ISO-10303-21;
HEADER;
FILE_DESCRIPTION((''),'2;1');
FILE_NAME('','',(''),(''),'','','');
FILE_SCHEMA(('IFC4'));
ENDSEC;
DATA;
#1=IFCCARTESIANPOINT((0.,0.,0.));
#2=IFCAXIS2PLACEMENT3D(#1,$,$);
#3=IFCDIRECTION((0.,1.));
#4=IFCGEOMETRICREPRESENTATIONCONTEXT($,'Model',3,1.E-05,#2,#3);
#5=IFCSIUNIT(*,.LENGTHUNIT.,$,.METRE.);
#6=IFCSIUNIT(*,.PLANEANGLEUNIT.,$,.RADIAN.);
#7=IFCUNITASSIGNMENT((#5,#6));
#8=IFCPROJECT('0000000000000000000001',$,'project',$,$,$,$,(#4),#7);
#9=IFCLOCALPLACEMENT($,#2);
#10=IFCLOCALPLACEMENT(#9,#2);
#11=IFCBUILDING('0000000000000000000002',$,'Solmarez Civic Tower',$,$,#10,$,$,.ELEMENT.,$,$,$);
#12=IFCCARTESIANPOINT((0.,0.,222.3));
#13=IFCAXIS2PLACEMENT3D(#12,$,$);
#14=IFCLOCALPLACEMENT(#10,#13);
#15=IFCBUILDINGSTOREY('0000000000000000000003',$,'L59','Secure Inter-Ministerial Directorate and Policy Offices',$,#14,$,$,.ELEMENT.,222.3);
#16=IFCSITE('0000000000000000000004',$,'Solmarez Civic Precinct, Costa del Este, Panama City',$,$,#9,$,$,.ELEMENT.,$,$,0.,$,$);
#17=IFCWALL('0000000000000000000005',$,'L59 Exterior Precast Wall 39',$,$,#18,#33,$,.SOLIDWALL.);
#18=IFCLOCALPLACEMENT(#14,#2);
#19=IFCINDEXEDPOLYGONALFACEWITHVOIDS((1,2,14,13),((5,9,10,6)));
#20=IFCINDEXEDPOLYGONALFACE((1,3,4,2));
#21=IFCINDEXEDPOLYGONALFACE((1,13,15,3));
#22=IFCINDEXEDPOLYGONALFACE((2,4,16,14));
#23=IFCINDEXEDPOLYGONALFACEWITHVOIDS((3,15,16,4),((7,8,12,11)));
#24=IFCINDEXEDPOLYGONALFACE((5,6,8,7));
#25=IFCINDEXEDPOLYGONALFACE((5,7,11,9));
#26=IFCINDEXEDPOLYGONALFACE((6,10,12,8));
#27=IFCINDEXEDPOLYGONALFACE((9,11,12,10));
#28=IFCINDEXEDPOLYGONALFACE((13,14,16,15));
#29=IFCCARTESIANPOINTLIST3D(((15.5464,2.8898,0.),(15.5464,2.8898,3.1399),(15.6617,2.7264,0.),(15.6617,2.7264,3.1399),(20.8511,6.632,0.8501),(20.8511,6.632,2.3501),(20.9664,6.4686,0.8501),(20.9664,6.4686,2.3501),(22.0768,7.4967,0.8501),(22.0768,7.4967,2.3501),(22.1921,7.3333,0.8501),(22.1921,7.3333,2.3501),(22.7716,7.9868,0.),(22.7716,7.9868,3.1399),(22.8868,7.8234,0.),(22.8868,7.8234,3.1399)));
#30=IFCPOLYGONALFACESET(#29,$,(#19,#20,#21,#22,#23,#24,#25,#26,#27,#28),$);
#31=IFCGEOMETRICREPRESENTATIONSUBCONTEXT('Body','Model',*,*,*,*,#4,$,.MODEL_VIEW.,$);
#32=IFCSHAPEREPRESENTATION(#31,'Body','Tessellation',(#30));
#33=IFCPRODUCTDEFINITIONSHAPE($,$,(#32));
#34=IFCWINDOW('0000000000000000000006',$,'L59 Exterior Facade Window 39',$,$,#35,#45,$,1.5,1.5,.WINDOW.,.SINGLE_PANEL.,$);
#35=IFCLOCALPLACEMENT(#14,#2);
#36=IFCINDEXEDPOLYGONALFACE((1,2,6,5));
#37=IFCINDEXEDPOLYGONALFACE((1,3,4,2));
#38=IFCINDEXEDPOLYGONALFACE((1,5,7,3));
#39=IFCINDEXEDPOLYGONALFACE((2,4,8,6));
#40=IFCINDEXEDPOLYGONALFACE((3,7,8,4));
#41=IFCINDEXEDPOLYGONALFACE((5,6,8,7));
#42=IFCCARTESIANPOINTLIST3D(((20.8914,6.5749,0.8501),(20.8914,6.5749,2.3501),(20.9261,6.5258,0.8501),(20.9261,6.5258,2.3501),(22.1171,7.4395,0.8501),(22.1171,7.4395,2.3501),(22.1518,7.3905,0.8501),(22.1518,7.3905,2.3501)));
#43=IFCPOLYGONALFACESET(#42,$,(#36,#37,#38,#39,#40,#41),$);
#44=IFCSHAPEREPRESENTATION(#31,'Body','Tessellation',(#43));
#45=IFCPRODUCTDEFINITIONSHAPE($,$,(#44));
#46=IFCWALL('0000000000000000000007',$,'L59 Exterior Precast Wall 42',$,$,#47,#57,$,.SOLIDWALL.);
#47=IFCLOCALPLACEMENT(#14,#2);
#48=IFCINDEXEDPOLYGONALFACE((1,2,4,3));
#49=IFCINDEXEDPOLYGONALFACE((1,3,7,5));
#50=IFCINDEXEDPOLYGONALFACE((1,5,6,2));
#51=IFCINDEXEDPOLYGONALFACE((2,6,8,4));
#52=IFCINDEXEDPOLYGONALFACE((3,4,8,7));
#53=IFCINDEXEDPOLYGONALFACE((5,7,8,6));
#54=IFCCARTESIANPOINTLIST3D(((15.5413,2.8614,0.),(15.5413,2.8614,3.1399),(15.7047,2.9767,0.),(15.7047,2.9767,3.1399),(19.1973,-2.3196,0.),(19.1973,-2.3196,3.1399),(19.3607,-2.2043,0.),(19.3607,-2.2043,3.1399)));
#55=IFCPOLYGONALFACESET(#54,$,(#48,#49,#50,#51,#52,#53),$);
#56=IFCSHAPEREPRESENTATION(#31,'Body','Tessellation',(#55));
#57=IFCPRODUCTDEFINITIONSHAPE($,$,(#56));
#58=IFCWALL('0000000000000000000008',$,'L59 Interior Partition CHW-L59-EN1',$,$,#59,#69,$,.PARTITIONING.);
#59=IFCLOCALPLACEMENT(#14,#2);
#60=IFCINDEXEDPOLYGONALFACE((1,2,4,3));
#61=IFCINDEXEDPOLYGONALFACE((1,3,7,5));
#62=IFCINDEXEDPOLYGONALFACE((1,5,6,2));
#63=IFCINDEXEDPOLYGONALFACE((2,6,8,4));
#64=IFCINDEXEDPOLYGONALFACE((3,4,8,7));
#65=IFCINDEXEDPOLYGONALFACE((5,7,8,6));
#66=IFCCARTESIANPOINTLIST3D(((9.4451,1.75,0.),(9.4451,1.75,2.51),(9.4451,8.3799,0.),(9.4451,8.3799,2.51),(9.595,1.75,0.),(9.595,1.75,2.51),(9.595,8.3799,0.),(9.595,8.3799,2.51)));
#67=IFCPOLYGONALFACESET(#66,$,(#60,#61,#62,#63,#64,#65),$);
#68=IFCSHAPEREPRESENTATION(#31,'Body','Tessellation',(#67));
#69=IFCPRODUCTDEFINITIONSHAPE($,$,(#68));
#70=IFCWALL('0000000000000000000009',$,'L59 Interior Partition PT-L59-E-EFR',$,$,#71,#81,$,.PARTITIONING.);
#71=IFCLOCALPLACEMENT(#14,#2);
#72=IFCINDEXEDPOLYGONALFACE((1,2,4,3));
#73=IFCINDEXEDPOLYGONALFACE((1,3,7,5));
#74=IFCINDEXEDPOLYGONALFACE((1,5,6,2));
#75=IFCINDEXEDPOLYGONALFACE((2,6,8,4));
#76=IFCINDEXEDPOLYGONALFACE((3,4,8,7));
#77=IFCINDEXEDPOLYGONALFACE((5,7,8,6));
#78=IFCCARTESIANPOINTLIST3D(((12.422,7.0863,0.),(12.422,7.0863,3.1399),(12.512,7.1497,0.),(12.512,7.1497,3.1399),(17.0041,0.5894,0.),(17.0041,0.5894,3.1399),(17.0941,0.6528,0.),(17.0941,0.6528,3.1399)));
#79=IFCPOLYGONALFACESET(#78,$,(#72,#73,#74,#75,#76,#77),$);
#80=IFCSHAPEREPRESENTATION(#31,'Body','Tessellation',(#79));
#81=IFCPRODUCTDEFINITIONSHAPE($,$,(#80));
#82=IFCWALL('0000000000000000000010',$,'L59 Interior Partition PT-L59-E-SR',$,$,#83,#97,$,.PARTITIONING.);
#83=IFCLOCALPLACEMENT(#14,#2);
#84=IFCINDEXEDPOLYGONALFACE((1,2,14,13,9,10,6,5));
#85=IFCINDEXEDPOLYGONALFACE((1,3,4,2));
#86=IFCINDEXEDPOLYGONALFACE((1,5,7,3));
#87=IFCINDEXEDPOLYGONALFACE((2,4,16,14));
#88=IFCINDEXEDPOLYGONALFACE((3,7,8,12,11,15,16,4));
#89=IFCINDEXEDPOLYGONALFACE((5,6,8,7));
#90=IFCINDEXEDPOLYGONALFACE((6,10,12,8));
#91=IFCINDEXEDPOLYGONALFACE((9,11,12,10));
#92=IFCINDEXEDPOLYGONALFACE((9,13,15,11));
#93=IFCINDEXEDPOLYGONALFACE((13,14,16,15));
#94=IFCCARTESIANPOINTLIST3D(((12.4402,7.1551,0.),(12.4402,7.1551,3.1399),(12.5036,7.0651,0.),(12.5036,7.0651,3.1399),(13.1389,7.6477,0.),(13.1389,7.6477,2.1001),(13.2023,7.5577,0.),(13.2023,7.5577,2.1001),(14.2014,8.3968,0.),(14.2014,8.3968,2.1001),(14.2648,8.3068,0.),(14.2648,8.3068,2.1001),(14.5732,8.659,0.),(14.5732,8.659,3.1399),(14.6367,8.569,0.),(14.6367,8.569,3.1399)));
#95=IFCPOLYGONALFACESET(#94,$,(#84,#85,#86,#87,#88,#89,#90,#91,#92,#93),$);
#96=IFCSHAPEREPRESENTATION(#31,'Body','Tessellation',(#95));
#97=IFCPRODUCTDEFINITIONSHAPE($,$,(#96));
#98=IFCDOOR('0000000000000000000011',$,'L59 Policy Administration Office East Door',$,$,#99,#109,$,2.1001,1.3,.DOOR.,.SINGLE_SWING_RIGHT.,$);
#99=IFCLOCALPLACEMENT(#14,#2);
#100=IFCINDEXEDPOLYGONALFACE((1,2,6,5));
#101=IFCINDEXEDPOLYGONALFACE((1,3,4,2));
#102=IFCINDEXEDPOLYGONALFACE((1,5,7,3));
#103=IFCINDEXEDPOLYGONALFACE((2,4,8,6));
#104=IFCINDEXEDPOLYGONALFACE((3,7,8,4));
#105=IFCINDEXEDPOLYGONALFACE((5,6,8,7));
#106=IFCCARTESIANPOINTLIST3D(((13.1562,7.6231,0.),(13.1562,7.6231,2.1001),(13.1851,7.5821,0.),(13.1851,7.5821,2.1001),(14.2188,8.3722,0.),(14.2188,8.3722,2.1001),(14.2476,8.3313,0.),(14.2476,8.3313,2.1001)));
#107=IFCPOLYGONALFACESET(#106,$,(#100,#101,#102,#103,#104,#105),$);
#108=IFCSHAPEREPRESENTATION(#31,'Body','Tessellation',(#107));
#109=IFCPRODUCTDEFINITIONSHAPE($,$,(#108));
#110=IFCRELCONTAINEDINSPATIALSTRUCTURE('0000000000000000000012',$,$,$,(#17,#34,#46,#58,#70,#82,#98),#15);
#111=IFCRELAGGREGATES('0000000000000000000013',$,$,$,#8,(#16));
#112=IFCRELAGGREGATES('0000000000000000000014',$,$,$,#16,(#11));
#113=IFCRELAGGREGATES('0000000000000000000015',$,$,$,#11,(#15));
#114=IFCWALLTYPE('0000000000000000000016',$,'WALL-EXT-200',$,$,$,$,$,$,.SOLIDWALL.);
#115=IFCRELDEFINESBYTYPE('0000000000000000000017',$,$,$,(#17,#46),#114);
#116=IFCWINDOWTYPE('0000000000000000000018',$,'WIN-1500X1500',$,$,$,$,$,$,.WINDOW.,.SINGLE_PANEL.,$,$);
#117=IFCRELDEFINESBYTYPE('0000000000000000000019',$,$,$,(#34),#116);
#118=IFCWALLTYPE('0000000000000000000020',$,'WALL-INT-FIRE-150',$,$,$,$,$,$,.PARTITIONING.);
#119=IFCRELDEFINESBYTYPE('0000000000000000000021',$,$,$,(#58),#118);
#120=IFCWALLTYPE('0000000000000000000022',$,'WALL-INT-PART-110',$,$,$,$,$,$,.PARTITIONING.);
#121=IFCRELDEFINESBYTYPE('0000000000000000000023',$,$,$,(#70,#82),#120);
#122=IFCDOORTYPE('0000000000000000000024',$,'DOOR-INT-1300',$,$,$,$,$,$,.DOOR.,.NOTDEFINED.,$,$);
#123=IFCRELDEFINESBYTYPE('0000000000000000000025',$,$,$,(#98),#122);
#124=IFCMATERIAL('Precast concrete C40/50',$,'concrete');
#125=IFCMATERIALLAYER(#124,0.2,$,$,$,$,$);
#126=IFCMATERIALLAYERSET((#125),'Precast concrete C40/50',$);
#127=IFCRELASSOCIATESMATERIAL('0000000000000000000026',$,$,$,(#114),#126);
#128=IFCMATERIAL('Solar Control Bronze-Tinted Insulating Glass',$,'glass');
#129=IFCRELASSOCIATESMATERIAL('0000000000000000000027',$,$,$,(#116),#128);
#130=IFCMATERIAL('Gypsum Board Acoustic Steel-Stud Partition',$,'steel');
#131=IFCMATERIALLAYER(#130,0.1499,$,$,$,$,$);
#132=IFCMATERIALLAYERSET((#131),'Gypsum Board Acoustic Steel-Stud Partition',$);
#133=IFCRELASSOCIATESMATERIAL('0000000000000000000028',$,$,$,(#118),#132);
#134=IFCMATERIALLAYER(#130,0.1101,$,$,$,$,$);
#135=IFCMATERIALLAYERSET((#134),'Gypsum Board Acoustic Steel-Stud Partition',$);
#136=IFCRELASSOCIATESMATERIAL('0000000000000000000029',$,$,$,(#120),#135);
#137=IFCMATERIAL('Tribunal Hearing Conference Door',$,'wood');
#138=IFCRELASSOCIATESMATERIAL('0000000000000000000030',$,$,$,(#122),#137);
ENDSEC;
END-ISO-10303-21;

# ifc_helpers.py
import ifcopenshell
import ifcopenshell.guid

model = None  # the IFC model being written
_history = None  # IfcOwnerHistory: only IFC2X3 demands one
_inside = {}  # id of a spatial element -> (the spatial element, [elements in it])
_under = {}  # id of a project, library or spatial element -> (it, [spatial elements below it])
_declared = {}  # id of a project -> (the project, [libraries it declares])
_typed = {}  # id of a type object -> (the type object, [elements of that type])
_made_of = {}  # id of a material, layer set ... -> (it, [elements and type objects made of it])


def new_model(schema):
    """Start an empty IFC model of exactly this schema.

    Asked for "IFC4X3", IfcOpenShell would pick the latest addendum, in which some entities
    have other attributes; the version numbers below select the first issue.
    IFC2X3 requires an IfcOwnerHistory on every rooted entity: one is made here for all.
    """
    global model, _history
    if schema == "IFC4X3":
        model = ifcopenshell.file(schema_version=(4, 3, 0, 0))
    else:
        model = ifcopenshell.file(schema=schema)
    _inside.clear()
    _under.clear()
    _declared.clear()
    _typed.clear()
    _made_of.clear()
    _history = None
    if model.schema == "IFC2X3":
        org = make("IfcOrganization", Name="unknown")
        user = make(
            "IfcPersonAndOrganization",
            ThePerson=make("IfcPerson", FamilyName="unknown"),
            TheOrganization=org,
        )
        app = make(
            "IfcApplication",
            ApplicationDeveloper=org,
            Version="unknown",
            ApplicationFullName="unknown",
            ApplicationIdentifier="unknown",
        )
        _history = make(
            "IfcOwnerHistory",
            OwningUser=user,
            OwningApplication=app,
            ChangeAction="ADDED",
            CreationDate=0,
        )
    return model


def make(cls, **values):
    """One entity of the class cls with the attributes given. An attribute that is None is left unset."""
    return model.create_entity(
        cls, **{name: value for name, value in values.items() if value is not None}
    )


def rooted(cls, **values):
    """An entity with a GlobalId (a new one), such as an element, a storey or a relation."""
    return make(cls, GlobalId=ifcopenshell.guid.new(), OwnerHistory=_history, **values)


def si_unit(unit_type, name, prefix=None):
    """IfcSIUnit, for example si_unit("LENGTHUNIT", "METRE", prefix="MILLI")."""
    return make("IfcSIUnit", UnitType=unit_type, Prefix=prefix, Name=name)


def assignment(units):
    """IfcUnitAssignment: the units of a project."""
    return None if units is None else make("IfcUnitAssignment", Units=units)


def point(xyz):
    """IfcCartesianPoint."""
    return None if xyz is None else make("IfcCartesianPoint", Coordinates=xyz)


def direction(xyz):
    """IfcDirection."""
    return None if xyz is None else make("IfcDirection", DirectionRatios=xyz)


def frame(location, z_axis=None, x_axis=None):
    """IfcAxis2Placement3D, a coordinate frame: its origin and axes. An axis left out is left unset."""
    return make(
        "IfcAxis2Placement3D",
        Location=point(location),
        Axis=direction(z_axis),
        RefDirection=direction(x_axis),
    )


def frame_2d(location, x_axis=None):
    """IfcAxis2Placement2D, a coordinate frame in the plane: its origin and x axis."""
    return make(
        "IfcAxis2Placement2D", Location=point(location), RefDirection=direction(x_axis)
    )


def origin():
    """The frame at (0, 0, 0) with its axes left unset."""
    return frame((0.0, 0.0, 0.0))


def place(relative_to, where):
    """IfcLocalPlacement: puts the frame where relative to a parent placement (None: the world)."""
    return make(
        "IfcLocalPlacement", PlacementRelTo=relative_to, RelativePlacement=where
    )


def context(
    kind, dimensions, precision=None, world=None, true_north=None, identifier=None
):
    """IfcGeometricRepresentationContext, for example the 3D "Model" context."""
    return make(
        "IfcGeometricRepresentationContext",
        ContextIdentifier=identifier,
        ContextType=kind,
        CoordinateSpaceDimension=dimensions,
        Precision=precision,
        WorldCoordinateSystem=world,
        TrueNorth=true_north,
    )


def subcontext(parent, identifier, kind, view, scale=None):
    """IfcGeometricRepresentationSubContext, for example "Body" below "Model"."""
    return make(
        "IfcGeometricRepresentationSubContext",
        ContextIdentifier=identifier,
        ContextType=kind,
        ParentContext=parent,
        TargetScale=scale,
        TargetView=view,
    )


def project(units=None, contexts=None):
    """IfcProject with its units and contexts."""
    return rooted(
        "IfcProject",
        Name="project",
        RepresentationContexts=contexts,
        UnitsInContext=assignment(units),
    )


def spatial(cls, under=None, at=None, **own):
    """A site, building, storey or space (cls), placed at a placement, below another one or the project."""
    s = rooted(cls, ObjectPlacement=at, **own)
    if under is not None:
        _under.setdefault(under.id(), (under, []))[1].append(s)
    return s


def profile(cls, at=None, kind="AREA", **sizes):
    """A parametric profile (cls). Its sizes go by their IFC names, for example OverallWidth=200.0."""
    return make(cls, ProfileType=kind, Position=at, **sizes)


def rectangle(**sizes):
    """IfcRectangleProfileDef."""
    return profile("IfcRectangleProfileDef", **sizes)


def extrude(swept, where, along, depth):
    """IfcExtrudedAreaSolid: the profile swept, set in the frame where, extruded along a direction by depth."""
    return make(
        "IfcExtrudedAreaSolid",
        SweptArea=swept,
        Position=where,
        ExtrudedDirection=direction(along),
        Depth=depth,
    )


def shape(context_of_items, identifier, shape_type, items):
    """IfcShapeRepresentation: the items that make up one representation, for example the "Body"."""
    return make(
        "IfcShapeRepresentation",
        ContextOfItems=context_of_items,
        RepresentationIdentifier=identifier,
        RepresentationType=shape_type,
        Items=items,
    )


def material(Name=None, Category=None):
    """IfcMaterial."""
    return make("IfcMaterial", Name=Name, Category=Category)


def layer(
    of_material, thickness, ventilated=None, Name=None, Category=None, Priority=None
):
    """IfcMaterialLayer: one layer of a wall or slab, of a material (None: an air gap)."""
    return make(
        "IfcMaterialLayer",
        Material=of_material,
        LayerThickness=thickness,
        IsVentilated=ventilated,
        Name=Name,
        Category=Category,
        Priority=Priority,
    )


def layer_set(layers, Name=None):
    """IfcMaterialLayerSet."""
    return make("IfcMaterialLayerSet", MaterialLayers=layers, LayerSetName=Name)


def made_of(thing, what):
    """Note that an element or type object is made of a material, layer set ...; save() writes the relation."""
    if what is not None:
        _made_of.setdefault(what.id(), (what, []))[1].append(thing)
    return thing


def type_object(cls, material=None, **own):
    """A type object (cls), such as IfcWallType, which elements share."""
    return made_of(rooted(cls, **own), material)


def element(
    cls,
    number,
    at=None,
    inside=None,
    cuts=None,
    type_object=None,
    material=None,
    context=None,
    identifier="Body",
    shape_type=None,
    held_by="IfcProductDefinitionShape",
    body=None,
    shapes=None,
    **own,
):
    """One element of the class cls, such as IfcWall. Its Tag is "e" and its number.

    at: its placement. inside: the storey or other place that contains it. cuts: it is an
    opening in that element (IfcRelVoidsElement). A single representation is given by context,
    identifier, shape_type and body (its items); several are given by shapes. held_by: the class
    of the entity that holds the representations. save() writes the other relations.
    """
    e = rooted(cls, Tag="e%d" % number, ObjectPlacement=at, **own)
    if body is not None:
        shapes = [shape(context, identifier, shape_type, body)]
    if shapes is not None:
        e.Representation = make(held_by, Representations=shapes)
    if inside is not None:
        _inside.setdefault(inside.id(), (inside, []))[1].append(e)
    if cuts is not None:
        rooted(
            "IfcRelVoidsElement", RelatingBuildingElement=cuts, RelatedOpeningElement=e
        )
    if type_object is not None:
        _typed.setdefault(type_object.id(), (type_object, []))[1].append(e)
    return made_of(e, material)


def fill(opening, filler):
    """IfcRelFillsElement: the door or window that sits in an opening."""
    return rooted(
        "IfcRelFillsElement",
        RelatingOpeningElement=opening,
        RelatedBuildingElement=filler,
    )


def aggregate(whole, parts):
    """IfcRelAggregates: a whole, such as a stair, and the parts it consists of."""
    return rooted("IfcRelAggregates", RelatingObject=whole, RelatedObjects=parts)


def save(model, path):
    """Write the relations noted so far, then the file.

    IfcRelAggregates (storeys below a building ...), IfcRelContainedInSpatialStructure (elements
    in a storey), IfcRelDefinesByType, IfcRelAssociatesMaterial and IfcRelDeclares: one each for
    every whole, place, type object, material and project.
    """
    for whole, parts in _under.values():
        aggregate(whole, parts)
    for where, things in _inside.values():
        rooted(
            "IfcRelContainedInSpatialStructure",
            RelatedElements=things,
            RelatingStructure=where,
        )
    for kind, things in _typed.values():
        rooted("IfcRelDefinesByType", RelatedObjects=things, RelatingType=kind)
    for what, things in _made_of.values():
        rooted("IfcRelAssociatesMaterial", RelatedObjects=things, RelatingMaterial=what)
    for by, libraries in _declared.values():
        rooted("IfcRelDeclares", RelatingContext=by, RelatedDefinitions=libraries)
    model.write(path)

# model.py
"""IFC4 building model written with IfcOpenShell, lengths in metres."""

from ifc_helpers import new_model, si_unit, direction, frame, frame_2d, origin, place, context, subcontext, project, spatial, rectangle, extrude, material, layer, layer_set, type_object, element, fill, save


model = new_model("IFC4")

# Units and contexts
model_context = context("Model", 3, precision=1e-05, world=origin(), true_north=direction((0.0, 1.0)))
body_context = subcontext(model_context, "Body", "Model", "MODEL_VIEW")
ifc_project = project(units=[si_unit("LENGTHUNIT", "METRE"), si_unit("PLANEANGLEUNIT", "RADIAN")], contexts=[model_context])

# Site, building, storey
site_placement = place(None, origin())
site = spatial("IfcSite", under=ifc_project, at=site_placement, Name="Solmarez Civic Precinct, Costa del Este, Panama City", CompositionType="ELEMENT", RefElevation=0.0)
building_placement = place(site_placement, origin())
building = spatial("IfcBuilding", under=site, at=building_placement, Name="Solmarez Civic Tower", CompositionType="ELEMENT")
storey_placement = place(building_placement, frame((0.0, 0.0, 222.3)))
storey = spatial("IfcBuildingStorey", under=building, at=storey_placement, Name="L59", Description="Secure Inter-Ministerial Directorate and Policy Offices", CompositionType="ELEMENT", Elevation=222.3)

# Shared definitions
ifc_material_1 = material(Name="Precast concrete C40/50", Category="concrete")
ifc_layer_1 = layer(ifc_material_1, 0.2)
ifc_layer_set_1 = layer_set([ifc_layer_1], Name="Precast concrete C40/50")
wall_type_1 = type_object("IfcWallType", Name="WALL-EXT-200", PredefinedType="SOLIDWALL", material=ifc_layer_set_1)

# Wall, opening, window
wall_1_placement = place(storey_placement, frame((22.8291, 7.905, 0.0), z_axis=(0.0, 0.0, 1.0), x_axis=(-0.817135, -0.576446, 0.0)))
wall_1 = element("IfcWall", 1, at=wall_1_placement, inside=storey, type_object=wall_type_1, Name="L59 Exterior Precast Wall 39", PredefinedType="SOLIDWALL", context=body_context, shape_type="SweptSolid", body=[
    extrude(rectangle(XDim=8.842, YDim=0.2, at=frame_2d((4.4209, 0.0))), origin(), (0.0, 0.0, 1.0), 3.1399),
])
opening_1_placement = place(wall_1_placement, frame((0.8501, 0.0, 0.8501)))
opening_1 = element("IfcOpeningElement", 2, at=opening_1_placement, cuts=wall_1, PredefinedType="OPENING", context=body_context, shape_type="SweptSolid", body=[
    extrude(rectangle(XDim=1.5, YDim=1.5, at=frame_2d((0.75, 0.75))), frame((0.0, 0.1099, 0.0), z_axis=(0.0, -1.0, 0.0), x_axis=(1.0, 0.0, 0.0)), (0.0, 0.0, 1.0), 0.22),
])
ifc_material_2 = material(Name="Solar Control Bronze-Tinted Insulating Glass", Category="glass")
window_type = type_object("IfcWindowType", Name="WIN-1500X1500", PartitioningType="SINGLE_PANEL", PredefinedType="WINDOW", material=ifc_material_2)
window_placement = place(opening_1_placement, origin())
window = element("IfcWindow", 3, at=window_placement, inside=storey, type_object=window_type, Name="L59 Exterior Facade Window 39", OverallHeight=1.5, OverallWidth=1.5, PartitioningType="SINGLE_PANEL", PredefinedType="WINDOW", context=body_context, shape_type="SweptSolid", body=[
    extrude(rectangle(XDim=1.5, YDim=1.5, at=frame_2d((0.75, 0.75))), frame((0.0, 0.03, 0.0), z_axis=(0.0, -1.0, 0.0), x_axis=(1.0, 0.0, 0.0)), (0.0, 0.0, 1.0), 0.0601),
])
fill(opening_1, window)

# Walls
wall_2_placement = place(storey_placement, frame((15.623, 2.9189, 0.0), z_axis=(0.0, 0.0, 1.0), x_axis=(0.576567, -0.81705, 0.0)))
element("IfcWall", 4, at=wall_2_placement, inside=storey, type_object=wall_type_1, Name="L59 Exterior Precast Wall 42", PredefinedType="SOLIDWALL", context=body_context, shape_type="SweptSolid", body=[
    extrude(rectangle(XDim=6.3411, YDim=0.2, at=frame_2d((3.1704, 0.0))), origin(), (0.0, 0.0, 1.0), 3.1399),
])
ifc_material_3 = material(Name="Gypsum Board Acoustic Steel-Stud Partition", Category="steel")
ifc_layer_2 = layer(ifc_material_3, 0.1499)
ifc_layer_set_2 = layer_set([ifc_layer_2], Name="Gypsum Board Acoustic Steel-Stud Partition")
wall_type_2 = type_object("IfcWallType", Name="WALL-INT-FIRE-150", PredefinedType="PARTITIONING", material=ifc_layer_set_2)
wall_3_placement = place(storey_placement, frame((9.52, 1.75, 0.0), z_axis=(0.0, 0.0, 1.0), x_axis=(0.0, 1.0, 0.0)))
element("IfcWall", 5, at=wall_3_placement, inside=storey, type_object=wall_type_2, Name="L59 Interior Partition CHW-L59-EN1", PredefinedType="PARTITIONING", context=body_context, shape_type="SweptSolid", body=[
    extrude(rectangle(XDim=6.6299, YDim=0.1499, at=frame_2d((3.3149, 0.0))), origin(), (0.0, 0.0, 1.0), 2.51),
])
ifc_layer_3 = layer(ifc_material_3, 0.1101)
ifc_layer_set_3 = layer_set([ifc_layer_3], Name="Gypsum Board Acoustic Steel-Stud Partition")
wall_type_3 = type_object("IfcWallType", Name="WALL-INT-PART-110", PredefinedType="PARTITIONING", material=ifc_layer_set_3)
wall_4_placement = place(storey_placement, frame((17.0491, 0.6211, 0.0), z_axis=(0.0, 0.0, 1.0), x_axis=(-0.57635, 0.817203, 0.0)))
element("IfcWall", 6, at=wall_4_placement, inside=storey, type_object=wall_type_3, Name="L59 Interior Partition PT-L59-E-EFR", PredefinedType="PARTITIONING", context=body_context, shape_type="SweptSolid", body=[
    extrude(rectangle(XDim=7.9502, YDim=0.1101, at=frame_2d((3.9751, 0.0))), origin(), (0.0, 0.0, 1.0), 3.1399),
])

# Wall, opening, door
wall_5_placement = place(storey_placement, frame((12.4719, 7.1101, 0.0), z_axis=(0.0, 0.0, 1.0), x_axis=(0.817289, 0.576228, 0.0)))
wall_5 = element("IfcWall", 7, at=wall_5_placement, inside=storey, type_object=wall_type_3, Name="L59 Interior Partition PT-L59-E-SR", PredefinedType="PARTITIONING", context=body_context, shape_type="SweptSolid", body=[
    extrude(rectangle(XDim=2.6099, YDim=0.1101, at=frame_2d((1.3049, 0.0))), origin(), (0.0, 0.0, 1.0), 3.1399),
])
opening_2_placement = place(wall_5_placement, frame((0.855, 0.0, 0.0)))
opening_2 = element("IfcOpeningElement", 8, at=opening_2_placement, cuts=wall_5, PredefinedType="OPENING", context=body_context, shape_type="SweptSolid", body=[
    extrude(rectangle(XDim=1.3, YDim=2.1001, at=frame_2d((0.6499, 1.05))), frame((0.0, 0.0649, 0.0), z_axis=(0.0, -1.0, 0.0), x_axis=(1.0, 0.0, 0.0)), (0.0, 0.0, 1.0), 0.1301),
])
ifc_material_4 = material(Name="Tribunal Hearing Conference Door", Category="wood")
door_type = type_object("IfcDoorType", Name="DOOR-INT-1300", OperationType="NOTDEFINED", PredefinedType="DOOR", material=ifc_material_4)
door_placement = place(opening_2_placement, origin())
door = element("IfcDoor", 9, at=door_placement, inside=storey, type_object=door_type, Name="L59 Policy Administration Office East Door", OperationType="SINGLE_SWING_RIGHT", OverallHeight=2.1001, OverallWidth=1.3, PredefinedType="DOOR", context=body_context, shape_type="SweptSolid", body=[
    extrude(rectangle(XDim=1.3, YDim=2.1001, at=frame_2d((0.6499, 1.05))), frame((0.0, 0.0249, 0.0), z_axis=(0.0, -1.0, 0.0), x_axis=(1.0, 0.0, 0.0)), (0.0, 0.0, 1.0), 0.05),
])
fill(opening_2, door)

save(model, "model.ifc")
